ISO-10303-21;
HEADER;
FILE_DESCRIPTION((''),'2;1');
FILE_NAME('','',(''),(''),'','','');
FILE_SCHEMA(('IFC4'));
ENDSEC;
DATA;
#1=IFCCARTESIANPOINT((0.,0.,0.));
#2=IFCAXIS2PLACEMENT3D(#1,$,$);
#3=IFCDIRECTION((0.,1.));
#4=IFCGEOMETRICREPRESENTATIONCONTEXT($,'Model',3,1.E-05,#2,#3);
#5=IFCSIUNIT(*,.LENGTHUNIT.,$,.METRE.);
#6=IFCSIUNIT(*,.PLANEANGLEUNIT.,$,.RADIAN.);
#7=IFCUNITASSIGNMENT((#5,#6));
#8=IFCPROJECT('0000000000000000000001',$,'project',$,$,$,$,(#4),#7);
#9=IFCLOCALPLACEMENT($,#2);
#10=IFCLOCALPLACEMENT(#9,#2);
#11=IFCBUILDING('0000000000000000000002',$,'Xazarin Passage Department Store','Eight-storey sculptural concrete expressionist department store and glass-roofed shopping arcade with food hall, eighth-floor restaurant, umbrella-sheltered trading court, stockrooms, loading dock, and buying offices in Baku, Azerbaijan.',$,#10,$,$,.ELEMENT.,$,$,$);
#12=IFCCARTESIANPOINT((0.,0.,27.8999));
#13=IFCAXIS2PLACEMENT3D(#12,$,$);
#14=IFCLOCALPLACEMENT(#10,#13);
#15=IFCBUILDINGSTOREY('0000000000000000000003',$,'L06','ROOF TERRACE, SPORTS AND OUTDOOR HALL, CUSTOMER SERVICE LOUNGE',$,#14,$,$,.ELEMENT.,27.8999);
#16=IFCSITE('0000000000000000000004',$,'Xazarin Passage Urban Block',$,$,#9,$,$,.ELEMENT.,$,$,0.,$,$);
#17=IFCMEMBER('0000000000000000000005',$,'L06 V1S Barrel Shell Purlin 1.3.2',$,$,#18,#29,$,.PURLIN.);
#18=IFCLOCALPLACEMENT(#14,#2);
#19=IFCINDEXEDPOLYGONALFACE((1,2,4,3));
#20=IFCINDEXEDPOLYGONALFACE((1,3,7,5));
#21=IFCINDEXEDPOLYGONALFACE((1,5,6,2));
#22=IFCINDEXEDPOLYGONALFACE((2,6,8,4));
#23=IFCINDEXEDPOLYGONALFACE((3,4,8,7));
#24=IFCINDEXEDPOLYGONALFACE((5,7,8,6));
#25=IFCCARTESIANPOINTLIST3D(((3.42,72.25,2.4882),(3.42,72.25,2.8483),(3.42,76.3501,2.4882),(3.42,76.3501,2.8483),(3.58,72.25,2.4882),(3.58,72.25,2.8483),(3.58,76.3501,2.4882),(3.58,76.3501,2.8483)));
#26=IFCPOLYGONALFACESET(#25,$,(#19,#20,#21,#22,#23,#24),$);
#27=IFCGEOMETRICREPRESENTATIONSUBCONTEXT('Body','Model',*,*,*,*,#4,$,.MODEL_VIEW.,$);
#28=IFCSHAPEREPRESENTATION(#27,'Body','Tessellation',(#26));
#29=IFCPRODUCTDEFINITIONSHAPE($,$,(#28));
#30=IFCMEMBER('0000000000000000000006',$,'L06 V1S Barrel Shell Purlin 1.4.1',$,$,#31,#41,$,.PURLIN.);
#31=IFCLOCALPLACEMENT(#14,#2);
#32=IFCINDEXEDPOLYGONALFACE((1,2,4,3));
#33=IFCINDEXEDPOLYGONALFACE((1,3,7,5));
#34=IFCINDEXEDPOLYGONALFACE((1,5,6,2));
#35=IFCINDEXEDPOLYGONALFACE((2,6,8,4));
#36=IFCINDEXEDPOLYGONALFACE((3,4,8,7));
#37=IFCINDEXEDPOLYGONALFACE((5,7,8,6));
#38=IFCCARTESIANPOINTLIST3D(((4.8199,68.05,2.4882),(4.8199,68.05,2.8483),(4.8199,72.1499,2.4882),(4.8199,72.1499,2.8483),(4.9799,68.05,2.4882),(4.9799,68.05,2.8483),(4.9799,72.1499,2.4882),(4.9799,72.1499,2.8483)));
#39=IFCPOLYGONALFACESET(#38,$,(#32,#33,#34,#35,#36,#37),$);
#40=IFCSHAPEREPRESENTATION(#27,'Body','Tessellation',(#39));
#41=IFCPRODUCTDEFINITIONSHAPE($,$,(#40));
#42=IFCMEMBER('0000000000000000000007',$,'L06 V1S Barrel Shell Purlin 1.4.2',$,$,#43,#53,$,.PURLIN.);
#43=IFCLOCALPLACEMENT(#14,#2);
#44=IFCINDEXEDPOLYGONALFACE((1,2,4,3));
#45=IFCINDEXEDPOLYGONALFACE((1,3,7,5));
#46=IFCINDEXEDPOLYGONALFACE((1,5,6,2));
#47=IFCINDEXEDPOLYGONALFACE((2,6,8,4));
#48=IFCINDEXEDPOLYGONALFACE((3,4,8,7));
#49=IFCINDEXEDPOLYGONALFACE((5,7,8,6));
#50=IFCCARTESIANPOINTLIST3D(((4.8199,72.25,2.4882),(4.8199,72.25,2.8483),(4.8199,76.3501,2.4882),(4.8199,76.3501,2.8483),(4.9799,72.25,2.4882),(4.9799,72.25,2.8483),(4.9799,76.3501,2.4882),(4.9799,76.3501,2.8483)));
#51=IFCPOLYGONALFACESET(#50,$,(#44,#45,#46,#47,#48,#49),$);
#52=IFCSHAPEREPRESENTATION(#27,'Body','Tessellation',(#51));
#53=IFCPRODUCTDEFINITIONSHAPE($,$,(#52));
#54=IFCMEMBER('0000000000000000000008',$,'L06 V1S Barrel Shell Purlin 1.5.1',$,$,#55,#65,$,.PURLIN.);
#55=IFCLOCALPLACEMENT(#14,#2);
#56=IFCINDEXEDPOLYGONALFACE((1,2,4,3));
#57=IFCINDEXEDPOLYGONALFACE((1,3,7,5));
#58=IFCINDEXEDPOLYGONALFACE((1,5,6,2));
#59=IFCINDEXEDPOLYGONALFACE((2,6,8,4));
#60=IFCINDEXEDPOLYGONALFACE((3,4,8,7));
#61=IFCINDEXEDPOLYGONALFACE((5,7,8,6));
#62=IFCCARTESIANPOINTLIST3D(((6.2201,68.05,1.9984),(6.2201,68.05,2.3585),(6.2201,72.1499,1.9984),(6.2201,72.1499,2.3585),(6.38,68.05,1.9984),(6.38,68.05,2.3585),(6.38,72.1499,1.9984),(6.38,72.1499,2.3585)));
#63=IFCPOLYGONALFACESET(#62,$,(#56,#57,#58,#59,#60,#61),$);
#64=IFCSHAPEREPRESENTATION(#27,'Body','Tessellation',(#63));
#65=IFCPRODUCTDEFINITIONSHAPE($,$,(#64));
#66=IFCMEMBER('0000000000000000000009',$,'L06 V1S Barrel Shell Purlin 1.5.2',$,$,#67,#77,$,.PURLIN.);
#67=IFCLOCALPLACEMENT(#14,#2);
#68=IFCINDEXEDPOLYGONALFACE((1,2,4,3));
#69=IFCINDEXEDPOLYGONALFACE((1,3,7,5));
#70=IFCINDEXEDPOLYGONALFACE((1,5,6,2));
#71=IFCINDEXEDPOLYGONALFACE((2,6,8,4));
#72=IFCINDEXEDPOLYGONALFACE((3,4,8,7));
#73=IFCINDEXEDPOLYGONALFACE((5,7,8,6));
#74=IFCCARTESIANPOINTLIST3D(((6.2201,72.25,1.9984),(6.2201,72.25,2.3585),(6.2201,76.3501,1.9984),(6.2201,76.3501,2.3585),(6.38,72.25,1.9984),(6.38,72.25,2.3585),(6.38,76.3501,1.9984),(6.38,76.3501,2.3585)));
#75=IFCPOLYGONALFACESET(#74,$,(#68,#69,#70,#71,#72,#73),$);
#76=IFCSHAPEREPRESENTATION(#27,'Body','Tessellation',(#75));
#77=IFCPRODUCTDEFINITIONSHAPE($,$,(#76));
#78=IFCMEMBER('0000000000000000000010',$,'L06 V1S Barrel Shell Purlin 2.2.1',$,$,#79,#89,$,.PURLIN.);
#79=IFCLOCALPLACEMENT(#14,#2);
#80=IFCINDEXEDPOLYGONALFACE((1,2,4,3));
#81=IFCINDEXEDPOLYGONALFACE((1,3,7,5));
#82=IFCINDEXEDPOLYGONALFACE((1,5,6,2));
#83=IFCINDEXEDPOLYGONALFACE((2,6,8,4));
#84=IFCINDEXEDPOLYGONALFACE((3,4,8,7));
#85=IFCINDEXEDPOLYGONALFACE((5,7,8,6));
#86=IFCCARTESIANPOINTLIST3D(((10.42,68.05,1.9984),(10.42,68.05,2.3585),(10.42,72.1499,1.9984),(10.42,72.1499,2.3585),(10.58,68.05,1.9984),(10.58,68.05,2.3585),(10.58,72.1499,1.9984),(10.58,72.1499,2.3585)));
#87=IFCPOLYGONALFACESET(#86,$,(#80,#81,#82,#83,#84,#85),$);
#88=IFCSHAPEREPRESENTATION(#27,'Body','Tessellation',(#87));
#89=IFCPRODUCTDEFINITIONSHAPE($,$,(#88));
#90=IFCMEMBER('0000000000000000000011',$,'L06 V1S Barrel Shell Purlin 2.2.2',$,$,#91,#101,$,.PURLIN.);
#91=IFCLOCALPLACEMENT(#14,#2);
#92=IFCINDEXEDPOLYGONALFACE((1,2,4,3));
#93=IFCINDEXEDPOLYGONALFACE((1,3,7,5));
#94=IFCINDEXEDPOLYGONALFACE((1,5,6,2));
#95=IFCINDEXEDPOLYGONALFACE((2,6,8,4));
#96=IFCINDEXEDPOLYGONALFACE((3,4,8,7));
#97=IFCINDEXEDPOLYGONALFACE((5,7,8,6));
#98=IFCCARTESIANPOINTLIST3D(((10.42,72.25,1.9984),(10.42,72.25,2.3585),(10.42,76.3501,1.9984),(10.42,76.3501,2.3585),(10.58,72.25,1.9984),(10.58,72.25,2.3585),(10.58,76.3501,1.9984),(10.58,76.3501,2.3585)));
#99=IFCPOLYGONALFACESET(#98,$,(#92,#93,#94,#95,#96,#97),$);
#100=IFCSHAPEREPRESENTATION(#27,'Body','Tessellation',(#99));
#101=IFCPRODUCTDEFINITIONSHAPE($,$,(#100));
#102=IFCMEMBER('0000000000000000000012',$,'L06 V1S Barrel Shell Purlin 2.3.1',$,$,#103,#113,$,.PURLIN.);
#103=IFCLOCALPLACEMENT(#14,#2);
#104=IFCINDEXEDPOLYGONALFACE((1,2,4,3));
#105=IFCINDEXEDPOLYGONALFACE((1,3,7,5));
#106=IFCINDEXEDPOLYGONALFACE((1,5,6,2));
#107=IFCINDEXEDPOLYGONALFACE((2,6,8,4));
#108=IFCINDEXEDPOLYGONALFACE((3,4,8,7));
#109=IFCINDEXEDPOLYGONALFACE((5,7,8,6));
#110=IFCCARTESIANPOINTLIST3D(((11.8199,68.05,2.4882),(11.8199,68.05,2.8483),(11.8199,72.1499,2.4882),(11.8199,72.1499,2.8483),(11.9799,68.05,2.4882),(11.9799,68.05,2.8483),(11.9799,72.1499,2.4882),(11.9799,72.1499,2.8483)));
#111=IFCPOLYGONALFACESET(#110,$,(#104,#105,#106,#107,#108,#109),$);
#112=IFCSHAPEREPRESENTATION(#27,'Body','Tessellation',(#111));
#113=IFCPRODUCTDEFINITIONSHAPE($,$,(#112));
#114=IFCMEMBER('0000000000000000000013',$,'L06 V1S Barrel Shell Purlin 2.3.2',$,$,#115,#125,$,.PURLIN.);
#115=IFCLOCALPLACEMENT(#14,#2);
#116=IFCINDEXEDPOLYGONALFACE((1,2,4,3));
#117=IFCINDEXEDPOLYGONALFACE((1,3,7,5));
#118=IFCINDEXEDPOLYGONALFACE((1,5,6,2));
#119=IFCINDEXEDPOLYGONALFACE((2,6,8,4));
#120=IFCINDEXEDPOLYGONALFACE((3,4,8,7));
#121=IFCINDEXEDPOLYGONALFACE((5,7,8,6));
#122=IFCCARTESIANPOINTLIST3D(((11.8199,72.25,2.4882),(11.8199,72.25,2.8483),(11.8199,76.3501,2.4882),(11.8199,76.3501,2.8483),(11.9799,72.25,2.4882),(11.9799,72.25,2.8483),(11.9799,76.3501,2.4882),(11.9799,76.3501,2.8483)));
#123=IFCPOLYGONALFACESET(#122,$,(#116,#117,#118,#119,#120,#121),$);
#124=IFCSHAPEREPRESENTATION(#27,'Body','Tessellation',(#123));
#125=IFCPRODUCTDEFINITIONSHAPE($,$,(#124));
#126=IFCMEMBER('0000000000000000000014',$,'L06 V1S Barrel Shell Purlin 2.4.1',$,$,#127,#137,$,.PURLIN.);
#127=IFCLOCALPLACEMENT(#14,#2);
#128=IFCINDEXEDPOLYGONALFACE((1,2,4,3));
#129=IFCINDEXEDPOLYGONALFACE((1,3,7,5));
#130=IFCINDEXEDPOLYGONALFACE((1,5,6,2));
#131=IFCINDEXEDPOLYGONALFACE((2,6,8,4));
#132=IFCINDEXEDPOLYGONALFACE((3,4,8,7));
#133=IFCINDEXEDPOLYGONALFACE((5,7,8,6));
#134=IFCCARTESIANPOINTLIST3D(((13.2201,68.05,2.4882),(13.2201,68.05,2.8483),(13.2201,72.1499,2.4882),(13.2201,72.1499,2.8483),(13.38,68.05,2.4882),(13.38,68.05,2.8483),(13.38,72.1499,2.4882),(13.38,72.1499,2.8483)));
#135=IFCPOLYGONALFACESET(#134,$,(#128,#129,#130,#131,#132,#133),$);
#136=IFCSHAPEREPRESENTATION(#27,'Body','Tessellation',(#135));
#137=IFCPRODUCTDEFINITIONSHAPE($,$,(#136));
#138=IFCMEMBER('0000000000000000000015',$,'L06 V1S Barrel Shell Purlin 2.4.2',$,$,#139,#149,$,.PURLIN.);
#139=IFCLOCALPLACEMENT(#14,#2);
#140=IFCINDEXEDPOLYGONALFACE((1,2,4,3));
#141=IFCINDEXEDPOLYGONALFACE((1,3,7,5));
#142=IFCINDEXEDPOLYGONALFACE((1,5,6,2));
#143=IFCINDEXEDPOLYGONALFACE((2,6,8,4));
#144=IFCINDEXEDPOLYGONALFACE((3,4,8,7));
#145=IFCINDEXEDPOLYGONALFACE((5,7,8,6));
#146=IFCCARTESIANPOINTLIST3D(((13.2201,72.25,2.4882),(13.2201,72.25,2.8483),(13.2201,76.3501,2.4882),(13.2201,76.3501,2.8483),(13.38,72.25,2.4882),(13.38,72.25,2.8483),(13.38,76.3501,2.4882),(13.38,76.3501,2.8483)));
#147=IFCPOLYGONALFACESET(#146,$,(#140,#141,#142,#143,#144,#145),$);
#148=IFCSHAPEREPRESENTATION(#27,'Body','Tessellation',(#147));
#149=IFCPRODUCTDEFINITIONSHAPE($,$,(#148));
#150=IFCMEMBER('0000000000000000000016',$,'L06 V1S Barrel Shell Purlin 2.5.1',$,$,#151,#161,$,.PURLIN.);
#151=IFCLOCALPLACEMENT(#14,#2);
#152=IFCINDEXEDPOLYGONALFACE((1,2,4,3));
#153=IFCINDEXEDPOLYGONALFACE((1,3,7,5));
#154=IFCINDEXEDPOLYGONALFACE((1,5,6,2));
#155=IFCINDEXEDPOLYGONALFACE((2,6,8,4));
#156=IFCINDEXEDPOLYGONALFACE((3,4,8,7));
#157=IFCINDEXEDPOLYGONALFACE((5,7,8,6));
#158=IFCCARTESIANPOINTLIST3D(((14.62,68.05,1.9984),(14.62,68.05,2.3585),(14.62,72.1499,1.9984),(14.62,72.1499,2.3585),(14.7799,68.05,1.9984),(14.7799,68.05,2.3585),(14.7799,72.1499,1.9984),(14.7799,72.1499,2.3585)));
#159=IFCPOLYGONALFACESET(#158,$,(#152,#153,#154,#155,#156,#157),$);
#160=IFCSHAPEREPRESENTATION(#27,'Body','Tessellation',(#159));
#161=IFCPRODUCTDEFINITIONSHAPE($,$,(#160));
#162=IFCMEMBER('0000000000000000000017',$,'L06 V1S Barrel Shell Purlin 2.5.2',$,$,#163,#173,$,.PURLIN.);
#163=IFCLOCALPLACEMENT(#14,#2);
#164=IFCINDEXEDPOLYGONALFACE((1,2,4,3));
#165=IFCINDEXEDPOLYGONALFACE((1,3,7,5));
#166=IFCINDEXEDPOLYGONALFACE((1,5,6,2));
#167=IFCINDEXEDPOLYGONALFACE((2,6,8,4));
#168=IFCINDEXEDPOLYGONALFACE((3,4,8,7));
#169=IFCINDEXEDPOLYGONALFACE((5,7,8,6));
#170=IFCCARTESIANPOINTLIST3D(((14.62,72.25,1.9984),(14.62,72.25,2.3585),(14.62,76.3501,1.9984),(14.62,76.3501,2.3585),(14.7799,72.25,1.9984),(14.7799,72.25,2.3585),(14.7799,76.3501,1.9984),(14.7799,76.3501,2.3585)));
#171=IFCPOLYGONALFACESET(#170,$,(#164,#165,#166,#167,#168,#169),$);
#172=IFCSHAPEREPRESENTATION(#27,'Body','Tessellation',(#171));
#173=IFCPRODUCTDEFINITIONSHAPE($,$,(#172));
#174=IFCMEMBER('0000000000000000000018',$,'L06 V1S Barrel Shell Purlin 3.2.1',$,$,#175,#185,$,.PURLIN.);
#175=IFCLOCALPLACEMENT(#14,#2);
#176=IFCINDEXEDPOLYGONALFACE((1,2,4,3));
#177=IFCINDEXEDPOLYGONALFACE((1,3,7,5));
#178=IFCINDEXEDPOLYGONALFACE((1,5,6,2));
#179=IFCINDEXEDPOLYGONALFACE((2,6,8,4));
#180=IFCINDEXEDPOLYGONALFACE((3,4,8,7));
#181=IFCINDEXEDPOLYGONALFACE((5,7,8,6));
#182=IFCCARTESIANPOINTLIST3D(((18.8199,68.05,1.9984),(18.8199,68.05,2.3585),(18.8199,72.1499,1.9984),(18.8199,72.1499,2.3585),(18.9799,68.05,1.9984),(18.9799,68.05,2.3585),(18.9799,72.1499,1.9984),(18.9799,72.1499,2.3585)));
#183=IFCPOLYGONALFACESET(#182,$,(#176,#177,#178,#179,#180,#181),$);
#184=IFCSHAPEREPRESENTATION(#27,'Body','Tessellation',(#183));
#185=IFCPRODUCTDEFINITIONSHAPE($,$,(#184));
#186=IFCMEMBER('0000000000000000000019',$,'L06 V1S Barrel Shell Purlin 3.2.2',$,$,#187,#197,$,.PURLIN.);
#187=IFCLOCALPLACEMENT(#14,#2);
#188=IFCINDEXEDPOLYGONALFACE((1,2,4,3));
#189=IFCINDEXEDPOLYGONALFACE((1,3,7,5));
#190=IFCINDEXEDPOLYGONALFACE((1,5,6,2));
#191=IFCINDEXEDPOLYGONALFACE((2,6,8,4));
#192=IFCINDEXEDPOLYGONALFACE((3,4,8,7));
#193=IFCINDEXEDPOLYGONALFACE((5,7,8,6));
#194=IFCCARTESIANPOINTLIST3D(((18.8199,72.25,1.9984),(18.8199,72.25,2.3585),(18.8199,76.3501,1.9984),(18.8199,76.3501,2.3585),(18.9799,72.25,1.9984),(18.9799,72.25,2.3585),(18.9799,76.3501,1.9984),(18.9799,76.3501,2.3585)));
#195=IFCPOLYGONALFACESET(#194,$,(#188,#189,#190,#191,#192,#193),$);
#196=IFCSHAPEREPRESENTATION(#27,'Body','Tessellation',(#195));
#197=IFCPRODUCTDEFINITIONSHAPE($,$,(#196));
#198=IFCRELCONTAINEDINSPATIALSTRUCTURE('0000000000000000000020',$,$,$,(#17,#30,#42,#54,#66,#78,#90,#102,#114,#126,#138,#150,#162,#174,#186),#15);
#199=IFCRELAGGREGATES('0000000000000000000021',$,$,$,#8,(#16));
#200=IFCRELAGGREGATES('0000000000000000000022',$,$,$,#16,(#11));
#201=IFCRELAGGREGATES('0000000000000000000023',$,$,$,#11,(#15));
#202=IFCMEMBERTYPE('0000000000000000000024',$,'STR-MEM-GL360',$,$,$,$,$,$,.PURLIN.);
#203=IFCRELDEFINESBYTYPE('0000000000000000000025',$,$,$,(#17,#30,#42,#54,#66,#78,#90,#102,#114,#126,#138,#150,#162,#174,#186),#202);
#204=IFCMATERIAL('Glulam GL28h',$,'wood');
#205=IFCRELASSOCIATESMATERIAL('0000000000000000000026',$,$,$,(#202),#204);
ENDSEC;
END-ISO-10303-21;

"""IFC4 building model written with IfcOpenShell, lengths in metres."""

from ifc_helpers import new_model, si_unit, direction, frame, origin, origin_2d, place, context, subcontext, project, spatial, rectangle, extrude, material, material_profile, profile_set, type_object, element, save


model = new_model("IFC4")

# Units and contexts
model_context = context("Model", 3, precision=1e-05, world=origin(), true_north=direction((0.0, 1.0)))
body_context = subcontext(model_context, "Body", "Model", "MODEL_VIEW")
ifc_project = project(units=[si_unit("LENGTHUNIT", "METRE"), si_unit("PLANEANGLEUNIT", "RADIAN")], contexts=[model_context])

# Site, building, storey
site_placement = place(None, origin())
site = spatial("IfcSite", under=ifc_project, at=site_placement, Name="Xazarin Passage Urban Block", CompositionType="ELEMENT", RefElevation=0.0)
building_placement = place(site_placement, origin())
building = spatial("IfcBuilding", under=site, at=building_placement, Name="Xazarin Passage Department Store", Description="Eight-storey sculptural concrete expressionist department store and glass-roofed shopping arcade with food hall, eighth-floor restaurant, umbrella-sheltered trading court, stockrooms, loading dock, and buying offices in Baku, Azerbaijan.", CompositionType="ELEMENT")
storey_placement = place(building_placement, frame((0.0, 0.0, 27.8999)))
storey = spatial("IfcBuildingStorey", under=building, at=storey_placement, Name="L06", Description="ROOF TERRACE, SPORTS AND OUTDOOR HALL, CUSTOMER SERVICE LOUNGE", CompositionType="ELEMENT", Elevation=27.8999)

# Members
ifc_material_1 = material(Name="Glulam GL28h", Category="wood")
ifc_material_profile_1 = material_profile(ifc_material_1, rectangle(XDim=0.1599, YDim=0.3601, at=origin_2d()), Name="GL28h 160x360")
ifc_profile_set_1 = profile_set([ifc_material_profile_1], Name="Glulam GL28h")
member_type = type_object("IfcMemberType", Name="STR-MEM-GL360", PredefinedType="PURLIN", material=ifc_profile_set_1)
member_1_placement = place(storey_placement, frame((3.5, 72.25, 2.6682), z_axis=(0.0, 1.0, 0.0), x_axis=(-1.0, 0.0, 0.0)))
element("IfcMember", 1, at=member_1_placement, inside=storey, type_object=member_type, Name="L06 V1S Barrel Shell Purlin 1.3.2", PredefinedType="PURLIN", context=body_context, shape_type="SweptSolid", body=[
    extrude(rectangle(XDim=0.1599, YDim=0.3601, at=origin_2d()), origin(), (0.0, 0.0, 1.0), 4.1001),
])
member_2_placement = place(storey_placement, frame((4.8999, 68.05, 2.6682), z_axis=(0.0, 1.0, 0.0), x_axis=(-1.0, 0.0, 0.0)))
element("IfcMember", 2, at=member_2_placement, inside=storey, type_object=member_type, Name="L06 V1S Barrel Shell Purlin 1.4.1", PredefinedType="PURLIN", context=body_context, shape_type="SweptSolid", body=[
    extrude(rectangle(XDim=0.1599, YDim=0.3601, at=origin_2d()), origin(), (0.0, 0.0, 1.0), 4.0999),
])
member_3_placement = place(storey_placement, frame((4.8999, 72.25, 2.6682), z_axis=(0.0, 1.0, 0.0), x_axis=(-1.0, 0.0, 0.0)))
element("IfcMember", 3, at=member_3_placement, inside=storey, type_object=member_type, Name="L06 V1S Barrel Shell Purlin 1.4.2", PredefinedType="PURLIN", context=body_context, shape_type="SweptSolid", body=[
    extrude(rectangle(XDim=0.1599, YDim=0.3601, at=origin_2d()), origin(), (0.0, 0.0, 1.0), 4.1001),
])
member_4_placement = place(storey_placement, frame((6.3, 68.05, 2.1785), z_axis=(0.0, 1.0, 0.0), x_axis=(-1.0, 0.0, 0.0)))
element("IfcMember", 4, at=member_4_placement, inside=storey, type_object=member_type, Name="L06 V1S Barrel Shell Purlin 1.5.1", PredefinedType="PURLIN", context=body_context, shape_type="SweptSolid", body=[
    extrude(rectangle(XDim=0.1599, YDim=0.3601, at=origin_2d()), origin(), (0.0, 0.0, 1.0), 4.0999),
])
member_5_placement = place(storey_placement, frame((6.3, 72.25, 2.1785), z_axis=(0.0, 1.0, 0.0), x_axis=(-1.0, 0.0, 0.0)))
element("IfcMember", 5, at=member_5_placement, inside=storey, type_object=member_type, Name="L06 V1S Barrel Shell Purlin 1.5.2", PredefinedType="PURLIN", context=body_context, shape_type="SweptSolid", body=[
    extrude(rectangle(XDim=0.1599, YDim=0.3601, at=origin_2d()), origin(), (0.0, 0.0, 1.0), 4.1001),
])
member_6_placement = place(storey_placement, frame((10.5, 68.05, 2.1785), z_axis=(0.0, 1.0, 0.0), x_axis=(-1.0, 0.0, 0.0)))
element("IfcMember", 6, at=member_6_placement, inside=storey, type_object=member_type, Name="L06 V1S Barrel Shell Purlin 2.2.1", PredefinedType="PURLIN", context=body_context, shape_type="SweptSolid", body=[
    extrude(rectangle(XDim=0.1599, YDim=0.3601, at=origin_2d()), origin(), (0.0, 0.0, 1.0), 4.0999),
])
member_7_placement = place(storey_placement, frame((10.5, 72.25, 2.1785), z_axis=(0.0, 1.0, 0.0), x_axis=(-1.0, 0.0, 0.0)))
element("IfcMember", 7, at=member_7_placement, inside=storey, type_object=member_type, Name="L06 V1S Barrel Shell Purlin 2.2.2", PredefinedType="PURLIN", context=body_context, shape_type="SweptSolid", body=[
    extrude(rectangle(XDim=0.1599, YDim=0.3601, at=origin_2d()), origin(), (0.0, 0.0, 1.0), 4.1001),
])
member_8_placement = place(storey_placement, frame((11.8999, 68.05, 2.6682), z_axis=(0.0, 1.0, 0.0), x_axis=(-1.0, 0.0, 0.0)))
element("IfcMember", 8, at=member_8_placement, inside=storey, type_object=member_type, Name="L06 V1S Barrel Shell Purlin 2.3.1", PredefinedType="PURLIN", context=body_context, shape_type="SweptSolid", body=[
    extrude(rectangle(XDim=0.1599, YDim=0.3601, at=origin_2d()), origin(), (0.0, 0.0, 1.0), 4.0999),
])
member_9_placement = place(storey_placement, frame((11.8999, 72.25, 2.6682), z_axis=(0.0, 1.0, 0.0), x_axis=(-1.0, 0.0, 0.0)))
element("IfcMember", 9, at=member_9_placement, inside=storey, type_object=member_type, Name="L06 V1S Barrel Shell Purlin 2.3.2", PredefinedType="PURLIN", context=body_context, shape_type="SweptSolid", body=[
    extrude(rectangle(XDim=0.1599, YDim=0.3601, at=origin_2d()), origin(), (0.0, 0.0, 1.0), 4.1001),
])
member_10_placement = place(storey_placement, frame((13.3, 68.05, 2.6682), z_axis=(0.0, 1.0, 0.0), x_axis=(-1.0, 0.0, 0.0)))
element("IfcMember", 10, at=member_10_placement, inside=storey, type_object=member_type, Name="L06 V1S Barrel Shell Purlin 2.4.1", PredefinedType="PURLIN", context=body_context, shape_type="SweptSolid", body=[
    extrude(rectangle(XDim=0.1599, YDim=0.3601, at=origin_2d()), origin(), (0.0, 0.0, 1.0), 4.0999),
])
member_11_placement = place(storey_placement, frame((13.3, 72.25, 2.6682), z_axis=(0.0, 1.0, 0.0), x_axis=(-1.0, 0.0, 0.0)))
element("IfcMember", 11, at=member_11_placement, inside=storey, type_object=member_type, Name="L06 V1S Barrel Shell Purlin 2.4.2", PredefinedType="PURLIN", context=body_context, shape_type="SweptSolid", body=[
    extrude(rectangle(XDim=0.1599, YDim=0.3601, at=origin_2d()), origin(), (0.0, 0.0, 1.0), 4.1001),
])
member_12_placement = place(storey_placement, frame((14.7, 68.05, 2.1785), z_axis=(0.0, 1.0, 0.0), x_axis=(-1.0, 0.0, 0.0)))
element("IfcMember", 12, at=member_12_placement, inside=storey, type_object=member_type, Name="L06 V1S Barrel Shell Purlin 2.5.1", PredefinedType="PURLIN", context=body_context, shape_type="SweptSolid", body=[
    extrude(rectangle(XDim=0.1599, YDim=0.3601, at=origin_2d()), origin(), (0.0, 0.0, 1.0), 4.0999),
])
member_13_placement = place(storey_placement, frame((14.7, 72.25, 2.1785), z_axis=(0.0, 1.0, 0.0), x_axis=(-1.0, 0.0, 0.0)))
element("IfcMember", 13, at=member_13_placement, inside=storey, type_object=member_type, Name="L06 V1S Barrel Shell Purlin 2.5.2", PredefinedType="PURLIN", context=body_context, shape_type="SweptSolid", body=[
    extrude(rectangle(XDim=0.1599, YDim=0.3601, at=origin_2d()), origin(), (0.0, 0.0, 1.0), 4.1001),
])
member_14_placement = place(storey_placement, frame((18.8999, 68.05, 2.1785), z_axis=(0.0, 1.0, 0.0), x_axis=(-1.0, 0.0, 0.0)))
element("IfcMember", 14, at=member_14_placement, inside=storey, type_object=member_type, Name="L06 V1S Barrel Shell Purlin 3.2.1", PredefinedType="PURLIN", context=body_context, shape_type="SweptSolid", body=[
    extrude(rectangle(XDim=0.1599, YDim=0.3601, at=origin_2d()), origin(), (0.0, 0.0, 1.0), 4.0999),
])
member_15_placement = place(storey_placement, frame((18.8999, 72.25, 2.1785), z_axis=(0.0, 1.0, 0.0), x_axis=(-1.0, 0.0, 0.0)))
element("IfcMember", 15, at=member_15_placement, inside=storey, type_object=member_type, Name="L06 V1S Barrel Shell Purlin 3.2.2", PredefinedType="PURLIN", context=body_context, shape_type="SweptSolid", body=[
    extrude(rectangle(XDim=0.1599, YDim=0.3601, at=origin_2d()), origin(), (0.0, 0.0, 1.0), 4.1001),
])

save(model, "model.ifc")
